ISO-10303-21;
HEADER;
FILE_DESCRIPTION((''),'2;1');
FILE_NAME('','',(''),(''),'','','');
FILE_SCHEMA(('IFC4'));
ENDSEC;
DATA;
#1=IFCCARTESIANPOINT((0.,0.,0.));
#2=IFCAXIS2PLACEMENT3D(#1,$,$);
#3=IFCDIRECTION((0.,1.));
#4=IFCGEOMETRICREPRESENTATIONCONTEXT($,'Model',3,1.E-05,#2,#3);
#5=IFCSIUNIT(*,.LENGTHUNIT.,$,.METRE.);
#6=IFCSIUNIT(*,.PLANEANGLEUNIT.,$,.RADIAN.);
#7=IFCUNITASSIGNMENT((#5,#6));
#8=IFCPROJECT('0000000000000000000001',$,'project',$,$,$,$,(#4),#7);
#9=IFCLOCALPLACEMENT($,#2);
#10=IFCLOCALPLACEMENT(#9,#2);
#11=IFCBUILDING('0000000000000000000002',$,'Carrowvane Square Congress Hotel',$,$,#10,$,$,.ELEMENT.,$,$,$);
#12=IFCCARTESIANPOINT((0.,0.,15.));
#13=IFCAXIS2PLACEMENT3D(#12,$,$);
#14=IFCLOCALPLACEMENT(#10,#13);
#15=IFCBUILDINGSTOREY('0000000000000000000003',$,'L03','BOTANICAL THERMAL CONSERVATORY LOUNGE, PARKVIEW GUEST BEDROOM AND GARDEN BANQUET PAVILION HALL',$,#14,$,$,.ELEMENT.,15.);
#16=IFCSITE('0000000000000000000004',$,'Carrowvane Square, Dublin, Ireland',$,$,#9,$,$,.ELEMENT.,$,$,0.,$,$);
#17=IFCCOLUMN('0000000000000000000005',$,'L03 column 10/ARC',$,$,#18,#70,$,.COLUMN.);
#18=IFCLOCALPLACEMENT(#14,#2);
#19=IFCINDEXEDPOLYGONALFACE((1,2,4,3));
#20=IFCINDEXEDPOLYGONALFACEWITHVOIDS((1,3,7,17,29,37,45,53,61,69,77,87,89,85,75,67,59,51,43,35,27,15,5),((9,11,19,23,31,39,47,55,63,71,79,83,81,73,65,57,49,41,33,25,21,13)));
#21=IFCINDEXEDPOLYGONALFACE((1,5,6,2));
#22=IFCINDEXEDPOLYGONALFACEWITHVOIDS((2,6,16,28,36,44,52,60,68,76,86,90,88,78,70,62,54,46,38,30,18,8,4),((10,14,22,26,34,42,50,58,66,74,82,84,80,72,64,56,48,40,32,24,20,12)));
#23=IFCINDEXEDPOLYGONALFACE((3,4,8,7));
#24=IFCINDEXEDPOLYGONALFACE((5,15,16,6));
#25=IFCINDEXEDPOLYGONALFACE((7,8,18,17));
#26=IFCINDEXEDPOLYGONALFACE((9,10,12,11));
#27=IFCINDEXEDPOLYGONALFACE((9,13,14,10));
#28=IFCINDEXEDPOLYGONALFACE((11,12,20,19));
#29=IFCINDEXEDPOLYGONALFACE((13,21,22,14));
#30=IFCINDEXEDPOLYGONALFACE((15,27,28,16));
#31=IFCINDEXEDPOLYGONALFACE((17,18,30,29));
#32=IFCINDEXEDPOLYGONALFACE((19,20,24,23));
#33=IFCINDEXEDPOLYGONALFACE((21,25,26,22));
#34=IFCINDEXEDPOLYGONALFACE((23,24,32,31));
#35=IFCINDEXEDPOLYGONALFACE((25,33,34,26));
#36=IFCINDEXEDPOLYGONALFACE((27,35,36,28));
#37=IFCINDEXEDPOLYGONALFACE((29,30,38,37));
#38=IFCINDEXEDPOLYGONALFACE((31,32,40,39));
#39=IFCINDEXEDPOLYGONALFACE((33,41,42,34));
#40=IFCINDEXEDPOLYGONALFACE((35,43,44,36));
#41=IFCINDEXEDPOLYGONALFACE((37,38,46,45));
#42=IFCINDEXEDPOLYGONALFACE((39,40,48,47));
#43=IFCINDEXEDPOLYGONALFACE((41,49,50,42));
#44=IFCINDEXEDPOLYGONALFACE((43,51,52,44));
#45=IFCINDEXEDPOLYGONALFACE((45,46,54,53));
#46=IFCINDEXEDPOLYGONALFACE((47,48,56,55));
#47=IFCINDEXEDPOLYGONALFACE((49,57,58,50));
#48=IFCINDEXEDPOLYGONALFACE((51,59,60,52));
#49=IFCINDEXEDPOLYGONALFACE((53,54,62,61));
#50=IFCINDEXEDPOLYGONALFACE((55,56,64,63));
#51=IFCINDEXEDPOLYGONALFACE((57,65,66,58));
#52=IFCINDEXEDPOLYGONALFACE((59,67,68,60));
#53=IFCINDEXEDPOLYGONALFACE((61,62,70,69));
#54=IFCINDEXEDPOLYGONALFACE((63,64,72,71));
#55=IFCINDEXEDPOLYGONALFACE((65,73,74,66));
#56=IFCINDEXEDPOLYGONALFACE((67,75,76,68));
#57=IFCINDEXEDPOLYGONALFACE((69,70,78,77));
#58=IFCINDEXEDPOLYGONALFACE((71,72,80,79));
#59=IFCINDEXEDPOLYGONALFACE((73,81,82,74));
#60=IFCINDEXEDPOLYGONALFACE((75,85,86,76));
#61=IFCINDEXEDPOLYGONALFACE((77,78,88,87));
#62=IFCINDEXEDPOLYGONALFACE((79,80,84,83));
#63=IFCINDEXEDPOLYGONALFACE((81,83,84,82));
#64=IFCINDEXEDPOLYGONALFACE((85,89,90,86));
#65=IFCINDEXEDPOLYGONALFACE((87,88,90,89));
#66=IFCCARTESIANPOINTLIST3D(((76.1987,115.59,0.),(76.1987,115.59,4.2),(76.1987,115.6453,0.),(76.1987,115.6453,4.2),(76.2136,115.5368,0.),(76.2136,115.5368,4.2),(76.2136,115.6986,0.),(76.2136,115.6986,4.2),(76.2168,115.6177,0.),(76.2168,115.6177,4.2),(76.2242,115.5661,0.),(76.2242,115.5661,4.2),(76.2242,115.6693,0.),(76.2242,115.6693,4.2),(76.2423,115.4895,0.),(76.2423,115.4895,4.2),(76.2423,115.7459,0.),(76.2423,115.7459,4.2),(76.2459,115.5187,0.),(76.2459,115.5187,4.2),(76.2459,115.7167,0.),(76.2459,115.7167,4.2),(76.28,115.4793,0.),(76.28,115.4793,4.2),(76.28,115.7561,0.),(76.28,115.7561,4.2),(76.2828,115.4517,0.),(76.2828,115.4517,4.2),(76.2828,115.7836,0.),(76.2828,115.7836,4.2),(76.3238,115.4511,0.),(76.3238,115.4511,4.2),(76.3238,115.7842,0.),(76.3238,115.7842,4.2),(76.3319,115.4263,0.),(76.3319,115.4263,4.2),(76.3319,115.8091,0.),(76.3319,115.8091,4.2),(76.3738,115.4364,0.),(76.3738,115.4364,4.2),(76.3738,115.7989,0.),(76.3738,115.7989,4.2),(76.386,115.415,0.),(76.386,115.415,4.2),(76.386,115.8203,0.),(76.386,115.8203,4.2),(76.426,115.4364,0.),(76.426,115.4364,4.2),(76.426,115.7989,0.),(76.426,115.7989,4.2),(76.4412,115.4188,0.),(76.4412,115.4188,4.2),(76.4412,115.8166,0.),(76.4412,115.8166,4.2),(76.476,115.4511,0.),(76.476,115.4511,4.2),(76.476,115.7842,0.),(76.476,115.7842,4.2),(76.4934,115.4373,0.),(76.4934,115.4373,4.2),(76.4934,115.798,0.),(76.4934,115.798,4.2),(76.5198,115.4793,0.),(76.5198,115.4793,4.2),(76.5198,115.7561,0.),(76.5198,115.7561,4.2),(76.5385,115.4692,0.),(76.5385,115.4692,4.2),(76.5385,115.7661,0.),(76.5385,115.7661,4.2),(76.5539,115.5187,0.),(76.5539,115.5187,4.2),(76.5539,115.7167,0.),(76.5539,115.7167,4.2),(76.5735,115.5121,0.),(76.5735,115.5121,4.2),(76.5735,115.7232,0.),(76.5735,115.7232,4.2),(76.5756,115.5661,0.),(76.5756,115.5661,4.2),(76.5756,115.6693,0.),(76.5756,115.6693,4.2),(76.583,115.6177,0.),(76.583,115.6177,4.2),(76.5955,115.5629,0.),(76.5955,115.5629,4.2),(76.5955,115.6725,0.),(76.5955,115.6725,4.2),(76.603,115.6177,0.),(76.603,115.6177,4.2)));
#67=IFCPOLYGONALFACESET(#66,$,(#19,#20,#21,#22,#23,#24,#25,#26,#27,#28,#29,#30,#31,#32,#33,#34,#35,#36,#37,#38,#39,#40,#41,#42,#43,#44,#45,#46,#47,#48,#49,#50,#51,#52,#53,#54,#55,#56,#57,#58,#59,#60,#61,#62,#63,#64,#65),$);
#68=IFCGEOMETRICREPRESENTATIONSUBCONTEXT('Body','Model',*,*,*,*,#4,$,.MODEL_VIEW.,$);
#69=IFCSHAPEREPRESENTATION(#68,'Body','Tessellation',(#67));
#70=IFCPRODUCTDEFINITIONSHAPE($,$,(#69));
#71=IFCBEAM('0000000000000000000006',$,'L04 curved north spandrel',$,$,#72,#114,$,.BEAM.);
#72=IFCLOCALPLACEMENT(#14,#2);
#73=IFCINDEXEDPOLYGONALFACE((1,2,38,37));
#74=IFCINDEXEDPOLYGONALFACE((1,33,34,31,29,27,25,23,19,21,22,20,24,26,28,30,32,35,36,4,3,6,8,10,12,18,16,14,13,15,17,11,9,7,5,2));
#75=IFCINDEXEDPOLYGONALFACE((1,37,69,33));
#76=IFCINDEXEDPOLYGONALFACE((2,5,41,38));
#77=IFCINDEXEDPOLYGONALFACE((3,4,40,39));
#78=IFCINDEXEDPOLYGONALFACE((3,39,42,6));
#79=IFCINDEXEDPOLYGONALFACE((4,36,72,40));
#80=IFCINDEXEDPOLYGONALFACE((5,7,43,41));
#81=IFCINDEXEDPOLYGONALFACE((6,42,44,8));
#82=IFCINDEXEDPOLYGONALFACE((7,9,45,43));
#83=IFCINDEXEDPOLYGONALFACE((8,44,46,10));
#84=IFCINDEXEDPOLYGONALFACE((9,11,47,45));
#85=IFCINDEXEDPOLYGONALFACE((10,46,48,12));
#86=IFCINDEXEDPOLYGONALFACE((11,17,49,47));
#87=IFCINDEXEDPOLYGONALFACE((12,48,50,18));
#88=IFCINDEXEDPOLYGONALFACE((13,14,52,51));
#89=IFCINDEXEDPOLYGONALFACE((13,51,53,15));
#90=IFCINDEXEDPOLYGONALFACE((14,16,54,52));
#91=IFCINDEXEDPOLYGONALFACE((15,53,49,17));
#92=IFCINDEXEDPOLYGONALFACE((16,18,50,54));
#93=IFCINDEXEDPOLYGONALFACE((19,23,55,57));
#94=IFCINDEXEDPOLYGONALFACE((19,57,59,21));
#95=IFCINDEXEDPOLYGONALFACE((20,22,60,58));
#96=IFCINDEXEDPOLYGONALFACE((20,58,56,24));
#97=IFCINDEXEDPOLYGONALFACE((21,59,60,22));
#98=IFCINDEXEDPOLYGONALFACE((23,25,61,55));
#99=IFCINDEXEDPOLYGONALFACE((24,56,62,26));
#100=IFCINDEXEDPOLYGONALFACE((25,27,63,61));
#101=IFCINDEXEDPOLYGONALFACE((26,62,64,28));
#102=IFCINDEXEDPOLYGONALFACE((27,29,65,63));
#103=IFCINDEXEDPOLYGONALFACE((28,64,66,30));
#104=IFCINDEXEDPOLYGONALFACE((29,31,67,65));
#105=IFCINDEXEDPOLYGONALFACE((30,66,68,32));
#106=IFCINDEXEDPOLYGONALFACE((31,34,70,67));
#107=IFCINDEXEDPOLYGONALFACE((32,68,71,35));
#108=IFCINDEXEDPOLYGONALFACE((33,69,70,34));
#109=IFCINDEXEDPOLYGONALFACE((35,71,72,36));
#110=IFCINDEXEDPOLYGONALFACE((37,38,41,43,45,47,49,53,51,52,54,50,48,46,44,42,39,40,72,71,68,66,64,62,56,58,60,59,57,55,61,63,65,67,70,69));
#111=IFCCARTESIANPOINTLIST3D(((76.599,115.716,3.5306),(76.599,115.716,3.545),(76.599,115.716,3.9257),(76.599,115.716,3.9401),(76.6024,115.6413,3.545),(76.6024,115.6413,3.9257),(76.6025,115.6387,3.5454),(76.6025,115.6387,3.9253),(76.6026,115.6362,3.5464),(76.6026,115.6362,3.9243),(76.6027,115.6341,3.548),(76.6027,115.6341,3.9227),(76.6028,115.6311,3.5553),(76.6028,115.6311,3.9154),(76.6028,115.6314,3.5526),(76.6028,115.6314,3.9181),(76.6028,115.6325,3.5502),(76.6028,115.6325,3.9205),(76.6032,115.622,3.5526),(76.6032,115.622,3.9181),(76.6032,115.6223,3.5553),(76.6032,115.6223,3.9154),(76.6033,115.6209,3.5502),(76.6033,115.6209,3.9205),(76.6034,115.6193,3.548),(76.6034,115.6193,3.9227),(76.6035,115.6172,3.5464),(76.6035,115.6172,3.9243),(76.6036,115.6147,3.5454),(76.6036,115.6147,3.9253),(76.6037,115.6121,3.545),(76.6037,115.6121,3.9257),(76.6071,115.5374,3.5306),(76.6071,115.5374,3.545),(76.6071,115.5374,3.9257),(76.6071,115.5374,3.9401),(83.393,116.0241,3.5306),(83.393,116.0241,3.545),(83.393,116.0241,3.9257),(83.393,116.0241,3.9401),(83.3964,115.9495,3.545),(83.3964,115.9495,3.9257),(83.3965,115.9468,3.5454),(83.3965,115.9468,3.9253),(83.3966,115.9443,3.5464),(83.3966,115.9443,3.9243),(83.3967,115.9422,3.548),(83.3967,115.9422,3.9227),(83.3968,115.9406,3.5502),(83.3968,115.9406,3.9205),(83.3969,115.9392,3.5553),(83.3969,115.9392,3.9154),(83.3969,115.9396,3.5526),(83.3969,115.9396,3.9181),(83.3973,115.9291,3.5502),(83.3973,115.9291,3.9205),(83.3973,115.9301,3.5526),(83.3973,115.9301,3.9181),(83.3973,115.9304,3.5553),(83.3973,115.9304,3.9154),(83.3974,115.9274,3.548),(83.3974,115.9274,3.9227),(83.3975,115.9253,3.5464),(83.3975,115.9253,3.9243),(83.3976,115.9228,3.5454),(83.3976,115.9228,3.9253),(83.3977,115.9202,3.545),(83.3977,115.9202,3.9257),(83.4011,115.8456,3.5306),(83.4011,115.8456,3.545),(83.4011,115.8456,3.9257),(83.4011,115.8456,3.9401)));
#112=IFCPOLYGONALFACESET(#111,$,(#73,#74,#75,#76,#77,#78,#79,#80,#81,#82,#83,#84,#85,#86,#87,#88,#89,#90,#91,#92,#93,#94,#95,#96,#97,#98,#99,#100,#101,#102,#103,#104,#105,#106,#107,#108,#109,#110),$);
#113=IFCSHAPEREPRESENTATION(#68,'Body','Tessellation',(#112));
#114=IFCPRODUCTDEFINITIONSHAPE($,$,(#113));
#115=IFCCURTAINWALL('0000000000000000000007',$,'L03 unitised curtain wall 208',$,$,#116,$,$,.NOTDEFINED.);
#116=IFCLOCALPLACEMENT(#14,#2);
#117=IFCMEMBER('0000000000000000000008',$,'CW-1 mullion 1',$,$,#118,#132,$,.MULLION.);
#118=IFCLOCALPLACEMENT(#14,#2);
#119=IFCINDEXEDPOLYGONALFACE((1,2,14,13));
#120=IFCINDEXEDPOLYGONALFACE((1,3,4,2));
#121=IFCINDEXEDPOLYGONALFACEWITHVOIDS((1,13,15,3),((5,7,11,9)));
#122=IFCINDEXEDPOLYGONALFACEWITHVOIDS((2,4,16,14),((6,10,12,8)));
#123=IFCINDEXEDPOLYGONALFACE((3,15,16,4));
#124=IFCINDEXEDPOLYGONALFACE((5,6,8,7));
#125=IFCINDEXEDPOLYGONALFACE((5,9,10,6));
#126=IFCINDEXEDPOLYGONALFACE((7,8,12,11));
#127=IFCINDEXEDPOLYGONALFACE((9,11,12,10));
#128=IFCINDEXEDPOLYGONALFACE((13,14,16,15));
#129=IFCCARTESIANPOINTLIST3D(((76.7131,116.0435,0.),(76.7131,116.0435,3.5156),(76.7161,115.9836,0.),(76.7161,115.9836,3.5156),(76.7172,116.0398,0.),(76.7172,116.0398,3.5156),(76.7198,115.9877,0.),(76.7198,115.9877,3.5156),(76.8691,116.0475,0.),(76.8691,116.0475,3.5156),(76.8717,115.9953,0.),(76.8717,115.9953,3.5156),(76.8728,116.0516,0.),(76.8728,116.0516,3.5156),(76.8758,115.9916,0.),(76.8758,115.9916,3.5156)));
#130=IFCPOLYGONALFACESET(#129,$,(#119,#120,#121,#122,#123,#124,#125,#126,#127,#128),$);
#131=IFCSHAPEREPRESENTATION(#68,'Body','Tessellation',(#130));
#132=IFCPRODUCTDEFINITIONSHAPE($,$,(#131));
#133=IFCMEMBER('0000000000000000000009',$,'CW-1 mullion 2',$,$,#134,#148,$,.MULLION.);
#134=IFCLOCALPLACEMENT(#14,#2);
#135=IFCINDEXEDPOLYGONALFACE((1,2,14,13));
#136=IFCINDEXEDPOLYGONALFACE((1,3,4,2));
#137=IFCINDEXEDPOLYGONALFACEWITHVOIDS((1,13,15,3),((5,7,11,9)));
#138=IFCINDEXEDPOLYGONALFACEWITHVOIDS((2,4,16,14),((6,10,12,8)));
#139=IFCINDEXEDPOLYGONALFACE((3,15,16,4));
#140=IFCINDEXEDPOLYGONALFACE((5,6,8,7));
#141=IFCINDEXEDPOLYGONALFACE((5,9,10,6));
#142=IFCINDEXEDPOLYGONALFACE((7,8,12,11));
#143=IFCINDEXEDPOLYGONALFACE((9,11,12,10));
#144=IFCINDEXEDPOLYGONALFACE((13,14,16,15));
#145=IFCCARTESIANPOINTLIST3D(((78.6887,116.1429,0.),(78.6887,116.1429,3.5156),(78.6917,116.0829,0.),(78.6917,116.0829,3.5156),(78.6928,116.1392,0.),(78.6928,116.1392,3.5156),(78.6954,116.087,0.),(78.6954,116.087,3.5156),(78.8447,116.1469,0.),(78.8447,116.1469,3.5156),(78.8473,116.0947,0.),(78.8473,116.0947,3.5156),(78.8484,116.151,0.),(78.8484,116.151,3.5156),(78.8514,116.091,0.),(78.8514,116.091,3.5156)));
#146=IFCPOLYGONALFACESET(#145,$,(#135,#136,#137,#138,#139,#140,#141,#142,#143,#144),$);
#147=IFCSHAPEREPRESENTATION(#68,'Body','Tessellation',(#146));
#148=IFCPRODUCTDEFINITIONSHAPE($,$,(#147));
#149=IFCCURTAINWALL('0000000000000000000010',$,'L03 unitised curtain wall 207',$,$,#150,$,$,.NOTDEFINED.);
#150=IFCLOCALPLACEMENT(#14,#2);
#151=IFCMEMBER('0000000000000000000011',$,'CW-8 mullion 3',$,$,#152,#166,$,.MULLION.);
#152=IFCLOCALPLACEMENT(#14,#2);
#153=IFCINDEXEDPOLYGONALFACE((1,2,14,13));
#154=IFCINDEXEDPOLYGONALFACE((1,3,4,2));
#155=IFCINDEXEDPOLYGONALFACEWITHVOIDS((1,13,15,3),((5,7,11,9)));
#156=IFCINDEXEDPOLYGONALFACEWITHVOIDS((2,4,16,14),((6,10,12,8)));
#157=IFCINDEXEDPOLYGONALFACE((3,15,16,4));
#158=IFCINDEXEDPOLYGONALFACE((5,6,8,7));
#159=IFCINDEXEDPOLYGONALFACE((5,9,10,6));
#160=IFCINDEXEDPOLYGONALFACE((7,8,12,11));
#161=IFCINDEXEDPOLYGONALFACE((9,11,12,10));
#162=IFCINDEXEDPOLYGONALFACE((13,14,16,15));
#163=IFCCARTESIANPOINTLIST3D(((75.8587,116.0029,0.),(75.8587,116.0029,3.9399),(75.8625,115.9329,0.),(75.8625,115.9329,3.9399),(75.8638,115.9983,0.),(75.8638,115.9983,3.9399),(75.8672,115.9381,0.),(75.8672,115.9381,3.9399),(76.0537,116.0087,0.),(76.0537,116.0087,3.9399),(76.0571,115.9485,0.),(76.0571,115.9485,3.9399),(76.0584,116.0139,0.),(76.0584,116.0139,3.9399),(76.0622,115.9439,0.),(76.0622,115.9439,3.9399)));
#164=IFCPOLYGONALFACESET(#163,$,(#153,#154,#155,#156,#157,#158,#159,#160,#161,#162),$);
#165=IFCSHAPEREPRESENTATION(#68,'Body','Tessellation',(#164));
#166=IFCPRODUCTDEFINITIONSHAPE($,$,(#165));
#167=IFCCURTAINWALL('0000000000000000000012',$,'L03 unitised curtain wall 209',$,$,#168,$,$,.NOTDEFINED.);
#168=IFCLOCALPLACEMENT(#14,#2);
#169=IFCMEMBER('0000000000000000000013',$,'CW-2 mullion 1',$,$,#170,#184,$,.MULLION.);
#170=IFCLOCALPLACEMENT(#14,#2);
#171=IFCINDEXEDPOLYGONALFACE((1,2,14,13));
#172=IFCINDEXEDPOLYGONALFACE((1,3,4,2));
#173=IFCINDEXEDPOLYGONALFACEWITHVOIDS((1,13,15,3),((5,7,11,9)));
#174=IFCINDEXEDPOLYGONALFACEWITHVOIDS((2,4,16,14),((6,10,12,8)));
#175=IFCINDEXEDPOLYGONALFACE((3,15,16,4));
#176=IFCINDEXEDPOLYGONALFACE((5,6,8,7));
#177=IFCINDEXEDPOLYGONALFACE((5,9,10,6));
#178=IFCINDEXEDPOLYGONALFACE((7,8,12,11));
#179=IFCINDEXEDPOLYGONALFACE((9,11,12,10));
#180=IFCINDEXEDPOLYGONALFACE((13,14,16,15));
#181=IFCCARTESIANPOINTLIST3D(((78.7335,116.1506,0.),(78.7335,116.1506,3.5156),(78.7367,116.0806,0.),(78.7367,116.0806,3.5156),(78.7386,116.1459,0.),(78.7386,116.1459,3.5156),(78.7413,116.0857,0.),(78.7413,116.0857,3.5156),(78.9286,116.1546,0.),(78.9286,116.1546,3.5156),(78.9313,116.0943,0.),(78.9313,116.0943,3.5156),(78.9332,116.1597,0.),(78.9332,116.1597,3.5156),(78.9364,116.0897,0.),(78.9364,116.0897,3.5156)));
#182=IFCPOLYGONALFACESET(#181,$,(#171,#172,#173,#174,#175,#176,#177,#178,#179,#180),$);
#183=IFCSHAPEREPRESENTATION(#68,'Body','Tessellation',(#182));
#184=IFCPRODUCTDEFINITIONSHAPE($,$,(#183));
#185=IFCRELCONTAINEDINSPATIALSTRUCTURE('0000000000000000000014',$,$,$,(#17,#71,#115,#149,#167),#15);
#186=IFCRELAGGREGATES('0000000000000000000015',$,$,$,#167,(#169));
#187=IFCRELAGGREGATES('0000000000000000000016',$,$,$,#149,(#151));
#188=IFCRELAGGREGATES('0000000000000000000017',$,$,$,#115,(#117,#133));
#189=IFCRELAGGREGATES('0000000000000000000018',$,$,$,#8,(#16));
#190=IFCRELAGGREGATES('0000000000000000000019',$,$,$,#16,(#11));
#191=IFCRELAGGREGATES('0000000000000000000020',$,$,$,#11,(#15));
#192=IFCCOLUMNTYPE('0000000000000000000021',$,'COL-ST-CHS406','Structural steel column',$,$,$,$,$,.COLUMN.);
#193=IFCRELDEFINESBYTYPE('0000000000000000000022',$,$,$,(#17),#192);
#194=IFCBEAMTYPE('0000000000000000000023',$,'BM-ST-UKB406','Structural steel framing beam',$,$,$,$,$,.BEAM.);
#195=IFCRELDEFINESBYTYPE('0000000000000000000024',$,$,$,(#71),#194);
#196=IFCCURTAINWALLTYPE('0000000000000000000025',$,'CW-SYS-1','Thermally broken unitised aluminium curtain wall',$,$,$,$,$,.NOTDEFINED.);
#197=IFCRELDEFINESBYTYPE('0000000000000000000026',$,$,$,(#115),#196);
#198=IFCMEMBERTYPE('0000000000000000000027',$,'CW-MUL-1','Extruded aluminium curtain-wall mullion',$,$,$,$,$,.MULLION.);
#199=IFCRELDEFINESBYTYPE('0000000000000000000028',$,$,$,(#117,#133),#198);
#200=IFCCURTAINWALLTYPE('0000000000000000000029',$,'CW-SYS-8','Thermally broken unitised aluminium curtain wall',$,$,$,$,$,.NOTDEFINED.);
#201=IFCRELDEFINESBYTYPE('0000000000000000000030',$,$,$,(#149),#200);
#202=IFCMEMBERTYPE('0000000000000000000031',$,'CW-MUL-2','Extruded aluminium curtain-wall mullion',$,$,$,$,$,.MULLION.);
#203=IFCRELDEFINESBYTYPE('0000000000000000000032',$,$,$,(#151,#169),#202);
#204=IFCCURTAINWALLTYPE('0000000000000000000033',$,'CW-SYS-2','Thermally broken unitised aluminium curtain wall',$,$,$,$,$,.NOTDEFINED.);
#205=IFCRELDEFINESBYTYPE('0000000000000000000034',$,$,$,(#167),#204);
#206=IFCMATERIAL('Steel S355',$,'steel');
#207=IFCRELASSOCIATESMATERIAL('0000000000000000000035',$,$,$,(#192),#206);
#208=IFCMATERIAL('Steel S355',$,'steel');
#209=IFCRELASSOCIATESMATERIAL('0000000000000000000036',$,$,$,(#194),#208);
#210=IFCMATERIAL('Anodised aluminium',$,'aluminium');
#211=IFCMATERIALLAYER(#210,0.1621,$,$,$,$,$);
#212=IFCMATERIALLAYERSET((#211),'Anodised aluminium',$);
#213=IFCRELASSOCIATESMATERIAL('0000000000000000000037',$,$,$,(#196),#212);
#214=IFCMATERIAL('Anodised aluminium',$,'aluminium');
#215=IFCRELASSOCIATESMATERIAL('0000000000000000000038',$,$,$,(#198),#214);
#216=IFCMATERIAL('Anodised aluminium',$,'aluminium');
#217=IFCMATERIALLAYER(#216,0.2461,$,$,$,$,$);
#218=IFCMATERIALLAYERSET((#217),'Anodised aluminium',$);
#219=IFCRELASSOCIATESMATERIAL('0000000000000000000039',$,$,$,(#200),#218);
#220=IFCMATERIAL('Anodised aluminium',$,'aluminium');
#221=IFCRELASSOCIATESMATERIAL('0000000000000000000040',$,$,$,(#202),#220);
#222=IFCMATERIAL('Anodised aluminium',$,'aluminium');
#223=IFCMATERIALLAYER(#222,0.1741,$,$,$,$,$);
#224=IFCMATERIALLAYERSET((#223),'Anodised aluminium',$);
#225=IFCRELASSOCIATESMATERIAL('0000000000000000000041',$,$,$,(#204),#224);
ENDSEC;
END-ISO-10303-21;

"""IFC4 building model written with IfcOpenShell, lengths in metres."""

from ifc_helpers import new_model, si_unit, direction, frame, origin, origin_2d, place, context, subcontext, project, spatial, hollow_rectangle, hollow_circle, i_section, extrude, material, layer, layer_set, material_profile, profile_set, type_object, element, aggregate, save


model = new_model("IFC4")

# Units and contexts
model_context = context("Model", 3, precision=1e-05, world=origin(), true_north=direction((0.0, 1.0)))
body_context = subcontext(model_context, "Body", "Model", "MODEL_VIEW")
ifc_project = project(units=[si_unit("LENGTHUNIT", "METRE"), si_unit("PLANEANGLEUNIT", "RADIAN")], contexts=[model_context])

# Site, building, storey
site_placement = place(None, origin())
site = spatial("IfcSite", under=ifc_project, at=site_placement, Name="Carrowvane Square, Dublin, Ireland", CompositionType="ELEMENT", RefElevation=0.0)
building_placement = place(site_placement, origin())
building = spatial("IfcBuilding", under=site, at=building_placement, Name="Carrowvane Square Congress Hotel", CompositionType="ELEMENT")
storey_placement = place(building_placement, frame((0.0, 0.0, 15.0)))
storey = spatial("IfcBuildingStorey", under=building, at=storey_placement, Name="L03", Description="BOTANICAL THERMAL CONSERVATORY LOUNGE, PARKVIEW GUEST BEDROOM AND GARDEN BANQUET PAVILION HALL", CompositionType="ELEMENT", Elevation=15.0)

# Column
ifc_material_1 = material(Name="Steel S355", Category="steel")
ifc_material_profile_1 = material_profile(ifc_material_1, hollow_circle(Radius=0.2031, WallThickness=0.02, at=origin_2d()), Name="CHS 406.4x20")
ifc_profile_set_1 = profile_set([ifc_material_profile_1], Name="Steel S355")
column_type = type_object("IfcColumnType", Name="COL-ST-CHS406", Description="Structural steel column", PredefinedType="COLUMN", material=ifc_profile_set_1)
column_placement = place(storey_placement, frame((76.3999, 115.6177, 0.0), z_axis=(0.0, 0.0, 1.0), x_axis=(1.0, 0.0, 0.0)))
element("IfcColumn", 1, at=column_placement, inside=storey, type_object=column_type, Name="L03 column 10/ARC", PredefinedType="COLUMN", context=body_context, shape_type="SweptSolid", body=[
    extrude(hollow_circle(Radius=0.2031, WallThickness=0.02, at=origin_2d()), origin(), (0.0, 0.0, 1.0), 4.2),
])

# Beam
ifc_material_2 = material(Name="Steel S355", Category="steel")
ifc_material_profile_2 = material_profile(ifc_material_2, i_section(OverallWidth=0.1787, OverallDepth=0.4094, WebThickness=0.0088, FlangeThickness=0.0144, FilletRadius=0.0103, at=origin_2d()), Name="UKB 406x178x67")
ifc_profile_set_2 = profile_set([ifc_material_profile_2], Name="Steel S355")
beam_type = type_object("IfcBeamType", Name="BM-ST-UKB406", Description="Structural steel framing beam", PredefinedType="BEAM", material=ifc_profile_set_2)
beam_placement = place(storey_placement, frame((76.603, 115.6267, 3.7354), z_axis=(0.998973, 0.045303, 0.0), x_axis=(-0.045303, 0.998973, 0.0)))
element("IfcBeam", 2, at=beam_placement, inside=storey, type_object=beam_type, Name="L04 curved north spandrel", PredefinedType="BEAM", context=body_context, shape_type="SweptSolid", body=[
    extrude(i_section(OverallWidth=0.1787, OverallDepth=0.4094, WebThickness=0.0088, FlangeThickness=0.0144, FilletRadius=0.0103, at=origin_2d()), origin(), (0.0, 0.0, 1.0), 6.801),
])

# Curtain wall, members
ifc_material_3 = material(Name="Anodised aluminium", Category="aluminium")
ifc_layer_1 = layer(ifc_material_3, 0.1621)
ifc_layer_set_1 = layer_set([ifc_layer_1], Name="Anodised aluminium")
curtain_wall_type_1 = type_object("IfcCurtainWallType", Name="CW-SYS-1", Description="Thermally broken unitised aluminium curtain wall", PredefinedType="NOTDEFINED", material=ifc_layer_set_1)
curtain_wall_1_placement = place(storey_placement, origin())
curtain_wall_1 = element("IfcCurtainWall", 3, at=curtain_wall_1_placement, inside=storey, type_object=curtain_wall_type_1, Name="L03 unitised curtain wall 208", PredefinedType="NOTDEFINED")
ifc_material_4 = material(Name="Anodised aluminium", Category="aluminium")
ifc_material_profile_3 = material_profile(ifc_material_4, hollow_rectangle(XDim=0.0601, YDim=0.1599, WallThickness=0.0039, at=origin_2d()), Name="CW-ML 60x160x4")
ifc_profile_set_3 = profile_set([ifc_material_profile_3], Name="Anodised aluminium")
member_type_1 = type_object("IfcMemberType", Name="CW-MUL-1", Description="Extruded aluminium curtain-wall mullion", PredefinedType="MULLION", material=ifc_profile_set_3)
member_1_placement = place(storey_placement, frame((76.7944, 116.0176, 0.0), z_axis=(0.0, 0.0, 1.0), x_axis=(-0.050324, 0.998733, 0.0)))
member_1 = element("IfcMember", 4, at=member_1_placement, type_object=member_type_1, Name="CW-1 mullion 1", PredefinedType="MULLION", context=body_context, shape_type="SweptSolid", body=[
    extrude(hollow_rectangle(XDim=0.0601, YDim=0.1599, WallThickness=0.0039, at=origin_2d()), origin(), (0.0, 0.0, 1.0), 3.5156),
])
member_2_placement = place(storey_placement, frame((78.77, 116.1169, 0.0), z_axis=(0.0, 0.0, 1.0), x_axis=(-0.050324, 0.998733, 0.0)))
member_2 = element("IfcMember", 5, at=member_2_placement, type_object=member_type_1, Name="CW-1 mullion 2", PredefinedType="MULLION", context=body_context, shape_type="SweptSolid", body=[
    extrude(hollow_rectangle(XDim=0.0601, YDim=0.1599, WallThickness=0.0039, at=origin_2d()), origin(), (0.0, 0.0, 1.0), 3.5156),
])

# Curtain walls, members
ifc_material_5 = material(Name="Anodised aluminium", Category="aluminium")
ifc_layer_2 = layer(ifc_material_5, 0.2461)
ifc_layer_set_2 = layer_set([ifc_layer_2], Name="Anodised aluminium")
curtain_wall_type_2 = type_object("IfcCurtainWallType", Name="CW-SYS-8", Description="Thermally broken unitised aluminium curtain wall", PredefinedType="NOTDEFINED", material=ifc_layer_set_2)
curtain_wall_2_placement = place(storey_placement, origin())
curtain_wall_2 = element("IfcCurtainWall", 6, at=curtain_wall_2_placement, inside=storey, type_object=curtain_wall_type_2, Name="L03 unitised curtain wall 207", PredefinedType="NOTDEFINED")
ifc_material_6 = material(Name="Anodised aluminium", Category="aluminium")
ifc_material_profile_4 = material_profile(ifc_material_6, hollow_rectangle(XDim=0.0701, YDim=0.2, WallThickness=0.0049, at=origin_2d()), Name="CW-ML 70x200x5")
ifc_profile_set_4 = profile_set([ifc_material_profile_4], Name="Anodised aluminium")
member_type_2 = type_object("IfcMemberType", Name="CW-MUL-2", Description="Extruded aluminium curtain-wall mullion", PredefinedType="MULLION", material=ifc_profile_set_4)
member_3_placement = place(storey_placement, frame((75.9604, 115.9734, 0.0), z_axis=(0.0, 0.0, 1.0), x_axis=(-0.054816, 0.998496, 0.0)))
member_3 = element("IfcMember", 7, at=member_3_placement, type_object=member_type_2, Name="CW-8 mullion 3", PredefinedType="MULLION", context=body_context, shape_type="SweptSolid", body=[
    extrude(hollow_rectangle(XDim=0.0701, YDim=0.2, WallThickness=0.0049, at=origin_2d()), origin(), (0.0, 0.0, 1.0), 3.9399),
])
ifc_material_7 = material(Name="Anodised aluminium", Category="aluminium")
ifc_layer_3 = layer(ifc_material_7, 0.1741)
ifc_layer_set_3 = layer_set([ifc_layer_3], Name="Anodised aluminium")
curtain_wall_type_3 = type_object("IfcCurtainWallType", Name="CW-SYS-2", Description="Thermally broken unitised aluminium curtain wall", PredefinedType="NOTDEFINED", material=ifc_layer_set_3)
curtain_wall_3_placement = place(storey_placement, origin())
curtain_wall_3 = element("IfcCurtainWall", 8, at=curtain_wall_3_placement, inside=storey, type_object=curtain_wall_type_3, Name="L03 unitised curtain wall 209", PredefinedType="NOTDEFINED")
member_4_placement = place(storey_placement, frame((78.835, 116.1201, 0.0), z_axis=(0.0, 0.0, 1.0), x_axis=(-0.045411, 0.998968, 0.0)))
member_4 = element("IfcMember", 9, at=member_4_placement, type_object=member_type_2, Name="CW-2 mullion 1", PredefinedType="MULLION", context=body_context, shape_type="SweptSolid", body=[
    extrude(hollow_rectangle(XDim=0.0701, YDim=0.2, WallThickness=0.0049, at=origin_2d()), origin(), (0.0, 0.0, 1.0), 3.5156),
])

aggregate(curtain_wall_3, [member_4])

aggregate(curtain_wall_2, [member_3])
aggregate(curtain_wall_1, [member_1, member_2])

save(model, "model.ifc")
